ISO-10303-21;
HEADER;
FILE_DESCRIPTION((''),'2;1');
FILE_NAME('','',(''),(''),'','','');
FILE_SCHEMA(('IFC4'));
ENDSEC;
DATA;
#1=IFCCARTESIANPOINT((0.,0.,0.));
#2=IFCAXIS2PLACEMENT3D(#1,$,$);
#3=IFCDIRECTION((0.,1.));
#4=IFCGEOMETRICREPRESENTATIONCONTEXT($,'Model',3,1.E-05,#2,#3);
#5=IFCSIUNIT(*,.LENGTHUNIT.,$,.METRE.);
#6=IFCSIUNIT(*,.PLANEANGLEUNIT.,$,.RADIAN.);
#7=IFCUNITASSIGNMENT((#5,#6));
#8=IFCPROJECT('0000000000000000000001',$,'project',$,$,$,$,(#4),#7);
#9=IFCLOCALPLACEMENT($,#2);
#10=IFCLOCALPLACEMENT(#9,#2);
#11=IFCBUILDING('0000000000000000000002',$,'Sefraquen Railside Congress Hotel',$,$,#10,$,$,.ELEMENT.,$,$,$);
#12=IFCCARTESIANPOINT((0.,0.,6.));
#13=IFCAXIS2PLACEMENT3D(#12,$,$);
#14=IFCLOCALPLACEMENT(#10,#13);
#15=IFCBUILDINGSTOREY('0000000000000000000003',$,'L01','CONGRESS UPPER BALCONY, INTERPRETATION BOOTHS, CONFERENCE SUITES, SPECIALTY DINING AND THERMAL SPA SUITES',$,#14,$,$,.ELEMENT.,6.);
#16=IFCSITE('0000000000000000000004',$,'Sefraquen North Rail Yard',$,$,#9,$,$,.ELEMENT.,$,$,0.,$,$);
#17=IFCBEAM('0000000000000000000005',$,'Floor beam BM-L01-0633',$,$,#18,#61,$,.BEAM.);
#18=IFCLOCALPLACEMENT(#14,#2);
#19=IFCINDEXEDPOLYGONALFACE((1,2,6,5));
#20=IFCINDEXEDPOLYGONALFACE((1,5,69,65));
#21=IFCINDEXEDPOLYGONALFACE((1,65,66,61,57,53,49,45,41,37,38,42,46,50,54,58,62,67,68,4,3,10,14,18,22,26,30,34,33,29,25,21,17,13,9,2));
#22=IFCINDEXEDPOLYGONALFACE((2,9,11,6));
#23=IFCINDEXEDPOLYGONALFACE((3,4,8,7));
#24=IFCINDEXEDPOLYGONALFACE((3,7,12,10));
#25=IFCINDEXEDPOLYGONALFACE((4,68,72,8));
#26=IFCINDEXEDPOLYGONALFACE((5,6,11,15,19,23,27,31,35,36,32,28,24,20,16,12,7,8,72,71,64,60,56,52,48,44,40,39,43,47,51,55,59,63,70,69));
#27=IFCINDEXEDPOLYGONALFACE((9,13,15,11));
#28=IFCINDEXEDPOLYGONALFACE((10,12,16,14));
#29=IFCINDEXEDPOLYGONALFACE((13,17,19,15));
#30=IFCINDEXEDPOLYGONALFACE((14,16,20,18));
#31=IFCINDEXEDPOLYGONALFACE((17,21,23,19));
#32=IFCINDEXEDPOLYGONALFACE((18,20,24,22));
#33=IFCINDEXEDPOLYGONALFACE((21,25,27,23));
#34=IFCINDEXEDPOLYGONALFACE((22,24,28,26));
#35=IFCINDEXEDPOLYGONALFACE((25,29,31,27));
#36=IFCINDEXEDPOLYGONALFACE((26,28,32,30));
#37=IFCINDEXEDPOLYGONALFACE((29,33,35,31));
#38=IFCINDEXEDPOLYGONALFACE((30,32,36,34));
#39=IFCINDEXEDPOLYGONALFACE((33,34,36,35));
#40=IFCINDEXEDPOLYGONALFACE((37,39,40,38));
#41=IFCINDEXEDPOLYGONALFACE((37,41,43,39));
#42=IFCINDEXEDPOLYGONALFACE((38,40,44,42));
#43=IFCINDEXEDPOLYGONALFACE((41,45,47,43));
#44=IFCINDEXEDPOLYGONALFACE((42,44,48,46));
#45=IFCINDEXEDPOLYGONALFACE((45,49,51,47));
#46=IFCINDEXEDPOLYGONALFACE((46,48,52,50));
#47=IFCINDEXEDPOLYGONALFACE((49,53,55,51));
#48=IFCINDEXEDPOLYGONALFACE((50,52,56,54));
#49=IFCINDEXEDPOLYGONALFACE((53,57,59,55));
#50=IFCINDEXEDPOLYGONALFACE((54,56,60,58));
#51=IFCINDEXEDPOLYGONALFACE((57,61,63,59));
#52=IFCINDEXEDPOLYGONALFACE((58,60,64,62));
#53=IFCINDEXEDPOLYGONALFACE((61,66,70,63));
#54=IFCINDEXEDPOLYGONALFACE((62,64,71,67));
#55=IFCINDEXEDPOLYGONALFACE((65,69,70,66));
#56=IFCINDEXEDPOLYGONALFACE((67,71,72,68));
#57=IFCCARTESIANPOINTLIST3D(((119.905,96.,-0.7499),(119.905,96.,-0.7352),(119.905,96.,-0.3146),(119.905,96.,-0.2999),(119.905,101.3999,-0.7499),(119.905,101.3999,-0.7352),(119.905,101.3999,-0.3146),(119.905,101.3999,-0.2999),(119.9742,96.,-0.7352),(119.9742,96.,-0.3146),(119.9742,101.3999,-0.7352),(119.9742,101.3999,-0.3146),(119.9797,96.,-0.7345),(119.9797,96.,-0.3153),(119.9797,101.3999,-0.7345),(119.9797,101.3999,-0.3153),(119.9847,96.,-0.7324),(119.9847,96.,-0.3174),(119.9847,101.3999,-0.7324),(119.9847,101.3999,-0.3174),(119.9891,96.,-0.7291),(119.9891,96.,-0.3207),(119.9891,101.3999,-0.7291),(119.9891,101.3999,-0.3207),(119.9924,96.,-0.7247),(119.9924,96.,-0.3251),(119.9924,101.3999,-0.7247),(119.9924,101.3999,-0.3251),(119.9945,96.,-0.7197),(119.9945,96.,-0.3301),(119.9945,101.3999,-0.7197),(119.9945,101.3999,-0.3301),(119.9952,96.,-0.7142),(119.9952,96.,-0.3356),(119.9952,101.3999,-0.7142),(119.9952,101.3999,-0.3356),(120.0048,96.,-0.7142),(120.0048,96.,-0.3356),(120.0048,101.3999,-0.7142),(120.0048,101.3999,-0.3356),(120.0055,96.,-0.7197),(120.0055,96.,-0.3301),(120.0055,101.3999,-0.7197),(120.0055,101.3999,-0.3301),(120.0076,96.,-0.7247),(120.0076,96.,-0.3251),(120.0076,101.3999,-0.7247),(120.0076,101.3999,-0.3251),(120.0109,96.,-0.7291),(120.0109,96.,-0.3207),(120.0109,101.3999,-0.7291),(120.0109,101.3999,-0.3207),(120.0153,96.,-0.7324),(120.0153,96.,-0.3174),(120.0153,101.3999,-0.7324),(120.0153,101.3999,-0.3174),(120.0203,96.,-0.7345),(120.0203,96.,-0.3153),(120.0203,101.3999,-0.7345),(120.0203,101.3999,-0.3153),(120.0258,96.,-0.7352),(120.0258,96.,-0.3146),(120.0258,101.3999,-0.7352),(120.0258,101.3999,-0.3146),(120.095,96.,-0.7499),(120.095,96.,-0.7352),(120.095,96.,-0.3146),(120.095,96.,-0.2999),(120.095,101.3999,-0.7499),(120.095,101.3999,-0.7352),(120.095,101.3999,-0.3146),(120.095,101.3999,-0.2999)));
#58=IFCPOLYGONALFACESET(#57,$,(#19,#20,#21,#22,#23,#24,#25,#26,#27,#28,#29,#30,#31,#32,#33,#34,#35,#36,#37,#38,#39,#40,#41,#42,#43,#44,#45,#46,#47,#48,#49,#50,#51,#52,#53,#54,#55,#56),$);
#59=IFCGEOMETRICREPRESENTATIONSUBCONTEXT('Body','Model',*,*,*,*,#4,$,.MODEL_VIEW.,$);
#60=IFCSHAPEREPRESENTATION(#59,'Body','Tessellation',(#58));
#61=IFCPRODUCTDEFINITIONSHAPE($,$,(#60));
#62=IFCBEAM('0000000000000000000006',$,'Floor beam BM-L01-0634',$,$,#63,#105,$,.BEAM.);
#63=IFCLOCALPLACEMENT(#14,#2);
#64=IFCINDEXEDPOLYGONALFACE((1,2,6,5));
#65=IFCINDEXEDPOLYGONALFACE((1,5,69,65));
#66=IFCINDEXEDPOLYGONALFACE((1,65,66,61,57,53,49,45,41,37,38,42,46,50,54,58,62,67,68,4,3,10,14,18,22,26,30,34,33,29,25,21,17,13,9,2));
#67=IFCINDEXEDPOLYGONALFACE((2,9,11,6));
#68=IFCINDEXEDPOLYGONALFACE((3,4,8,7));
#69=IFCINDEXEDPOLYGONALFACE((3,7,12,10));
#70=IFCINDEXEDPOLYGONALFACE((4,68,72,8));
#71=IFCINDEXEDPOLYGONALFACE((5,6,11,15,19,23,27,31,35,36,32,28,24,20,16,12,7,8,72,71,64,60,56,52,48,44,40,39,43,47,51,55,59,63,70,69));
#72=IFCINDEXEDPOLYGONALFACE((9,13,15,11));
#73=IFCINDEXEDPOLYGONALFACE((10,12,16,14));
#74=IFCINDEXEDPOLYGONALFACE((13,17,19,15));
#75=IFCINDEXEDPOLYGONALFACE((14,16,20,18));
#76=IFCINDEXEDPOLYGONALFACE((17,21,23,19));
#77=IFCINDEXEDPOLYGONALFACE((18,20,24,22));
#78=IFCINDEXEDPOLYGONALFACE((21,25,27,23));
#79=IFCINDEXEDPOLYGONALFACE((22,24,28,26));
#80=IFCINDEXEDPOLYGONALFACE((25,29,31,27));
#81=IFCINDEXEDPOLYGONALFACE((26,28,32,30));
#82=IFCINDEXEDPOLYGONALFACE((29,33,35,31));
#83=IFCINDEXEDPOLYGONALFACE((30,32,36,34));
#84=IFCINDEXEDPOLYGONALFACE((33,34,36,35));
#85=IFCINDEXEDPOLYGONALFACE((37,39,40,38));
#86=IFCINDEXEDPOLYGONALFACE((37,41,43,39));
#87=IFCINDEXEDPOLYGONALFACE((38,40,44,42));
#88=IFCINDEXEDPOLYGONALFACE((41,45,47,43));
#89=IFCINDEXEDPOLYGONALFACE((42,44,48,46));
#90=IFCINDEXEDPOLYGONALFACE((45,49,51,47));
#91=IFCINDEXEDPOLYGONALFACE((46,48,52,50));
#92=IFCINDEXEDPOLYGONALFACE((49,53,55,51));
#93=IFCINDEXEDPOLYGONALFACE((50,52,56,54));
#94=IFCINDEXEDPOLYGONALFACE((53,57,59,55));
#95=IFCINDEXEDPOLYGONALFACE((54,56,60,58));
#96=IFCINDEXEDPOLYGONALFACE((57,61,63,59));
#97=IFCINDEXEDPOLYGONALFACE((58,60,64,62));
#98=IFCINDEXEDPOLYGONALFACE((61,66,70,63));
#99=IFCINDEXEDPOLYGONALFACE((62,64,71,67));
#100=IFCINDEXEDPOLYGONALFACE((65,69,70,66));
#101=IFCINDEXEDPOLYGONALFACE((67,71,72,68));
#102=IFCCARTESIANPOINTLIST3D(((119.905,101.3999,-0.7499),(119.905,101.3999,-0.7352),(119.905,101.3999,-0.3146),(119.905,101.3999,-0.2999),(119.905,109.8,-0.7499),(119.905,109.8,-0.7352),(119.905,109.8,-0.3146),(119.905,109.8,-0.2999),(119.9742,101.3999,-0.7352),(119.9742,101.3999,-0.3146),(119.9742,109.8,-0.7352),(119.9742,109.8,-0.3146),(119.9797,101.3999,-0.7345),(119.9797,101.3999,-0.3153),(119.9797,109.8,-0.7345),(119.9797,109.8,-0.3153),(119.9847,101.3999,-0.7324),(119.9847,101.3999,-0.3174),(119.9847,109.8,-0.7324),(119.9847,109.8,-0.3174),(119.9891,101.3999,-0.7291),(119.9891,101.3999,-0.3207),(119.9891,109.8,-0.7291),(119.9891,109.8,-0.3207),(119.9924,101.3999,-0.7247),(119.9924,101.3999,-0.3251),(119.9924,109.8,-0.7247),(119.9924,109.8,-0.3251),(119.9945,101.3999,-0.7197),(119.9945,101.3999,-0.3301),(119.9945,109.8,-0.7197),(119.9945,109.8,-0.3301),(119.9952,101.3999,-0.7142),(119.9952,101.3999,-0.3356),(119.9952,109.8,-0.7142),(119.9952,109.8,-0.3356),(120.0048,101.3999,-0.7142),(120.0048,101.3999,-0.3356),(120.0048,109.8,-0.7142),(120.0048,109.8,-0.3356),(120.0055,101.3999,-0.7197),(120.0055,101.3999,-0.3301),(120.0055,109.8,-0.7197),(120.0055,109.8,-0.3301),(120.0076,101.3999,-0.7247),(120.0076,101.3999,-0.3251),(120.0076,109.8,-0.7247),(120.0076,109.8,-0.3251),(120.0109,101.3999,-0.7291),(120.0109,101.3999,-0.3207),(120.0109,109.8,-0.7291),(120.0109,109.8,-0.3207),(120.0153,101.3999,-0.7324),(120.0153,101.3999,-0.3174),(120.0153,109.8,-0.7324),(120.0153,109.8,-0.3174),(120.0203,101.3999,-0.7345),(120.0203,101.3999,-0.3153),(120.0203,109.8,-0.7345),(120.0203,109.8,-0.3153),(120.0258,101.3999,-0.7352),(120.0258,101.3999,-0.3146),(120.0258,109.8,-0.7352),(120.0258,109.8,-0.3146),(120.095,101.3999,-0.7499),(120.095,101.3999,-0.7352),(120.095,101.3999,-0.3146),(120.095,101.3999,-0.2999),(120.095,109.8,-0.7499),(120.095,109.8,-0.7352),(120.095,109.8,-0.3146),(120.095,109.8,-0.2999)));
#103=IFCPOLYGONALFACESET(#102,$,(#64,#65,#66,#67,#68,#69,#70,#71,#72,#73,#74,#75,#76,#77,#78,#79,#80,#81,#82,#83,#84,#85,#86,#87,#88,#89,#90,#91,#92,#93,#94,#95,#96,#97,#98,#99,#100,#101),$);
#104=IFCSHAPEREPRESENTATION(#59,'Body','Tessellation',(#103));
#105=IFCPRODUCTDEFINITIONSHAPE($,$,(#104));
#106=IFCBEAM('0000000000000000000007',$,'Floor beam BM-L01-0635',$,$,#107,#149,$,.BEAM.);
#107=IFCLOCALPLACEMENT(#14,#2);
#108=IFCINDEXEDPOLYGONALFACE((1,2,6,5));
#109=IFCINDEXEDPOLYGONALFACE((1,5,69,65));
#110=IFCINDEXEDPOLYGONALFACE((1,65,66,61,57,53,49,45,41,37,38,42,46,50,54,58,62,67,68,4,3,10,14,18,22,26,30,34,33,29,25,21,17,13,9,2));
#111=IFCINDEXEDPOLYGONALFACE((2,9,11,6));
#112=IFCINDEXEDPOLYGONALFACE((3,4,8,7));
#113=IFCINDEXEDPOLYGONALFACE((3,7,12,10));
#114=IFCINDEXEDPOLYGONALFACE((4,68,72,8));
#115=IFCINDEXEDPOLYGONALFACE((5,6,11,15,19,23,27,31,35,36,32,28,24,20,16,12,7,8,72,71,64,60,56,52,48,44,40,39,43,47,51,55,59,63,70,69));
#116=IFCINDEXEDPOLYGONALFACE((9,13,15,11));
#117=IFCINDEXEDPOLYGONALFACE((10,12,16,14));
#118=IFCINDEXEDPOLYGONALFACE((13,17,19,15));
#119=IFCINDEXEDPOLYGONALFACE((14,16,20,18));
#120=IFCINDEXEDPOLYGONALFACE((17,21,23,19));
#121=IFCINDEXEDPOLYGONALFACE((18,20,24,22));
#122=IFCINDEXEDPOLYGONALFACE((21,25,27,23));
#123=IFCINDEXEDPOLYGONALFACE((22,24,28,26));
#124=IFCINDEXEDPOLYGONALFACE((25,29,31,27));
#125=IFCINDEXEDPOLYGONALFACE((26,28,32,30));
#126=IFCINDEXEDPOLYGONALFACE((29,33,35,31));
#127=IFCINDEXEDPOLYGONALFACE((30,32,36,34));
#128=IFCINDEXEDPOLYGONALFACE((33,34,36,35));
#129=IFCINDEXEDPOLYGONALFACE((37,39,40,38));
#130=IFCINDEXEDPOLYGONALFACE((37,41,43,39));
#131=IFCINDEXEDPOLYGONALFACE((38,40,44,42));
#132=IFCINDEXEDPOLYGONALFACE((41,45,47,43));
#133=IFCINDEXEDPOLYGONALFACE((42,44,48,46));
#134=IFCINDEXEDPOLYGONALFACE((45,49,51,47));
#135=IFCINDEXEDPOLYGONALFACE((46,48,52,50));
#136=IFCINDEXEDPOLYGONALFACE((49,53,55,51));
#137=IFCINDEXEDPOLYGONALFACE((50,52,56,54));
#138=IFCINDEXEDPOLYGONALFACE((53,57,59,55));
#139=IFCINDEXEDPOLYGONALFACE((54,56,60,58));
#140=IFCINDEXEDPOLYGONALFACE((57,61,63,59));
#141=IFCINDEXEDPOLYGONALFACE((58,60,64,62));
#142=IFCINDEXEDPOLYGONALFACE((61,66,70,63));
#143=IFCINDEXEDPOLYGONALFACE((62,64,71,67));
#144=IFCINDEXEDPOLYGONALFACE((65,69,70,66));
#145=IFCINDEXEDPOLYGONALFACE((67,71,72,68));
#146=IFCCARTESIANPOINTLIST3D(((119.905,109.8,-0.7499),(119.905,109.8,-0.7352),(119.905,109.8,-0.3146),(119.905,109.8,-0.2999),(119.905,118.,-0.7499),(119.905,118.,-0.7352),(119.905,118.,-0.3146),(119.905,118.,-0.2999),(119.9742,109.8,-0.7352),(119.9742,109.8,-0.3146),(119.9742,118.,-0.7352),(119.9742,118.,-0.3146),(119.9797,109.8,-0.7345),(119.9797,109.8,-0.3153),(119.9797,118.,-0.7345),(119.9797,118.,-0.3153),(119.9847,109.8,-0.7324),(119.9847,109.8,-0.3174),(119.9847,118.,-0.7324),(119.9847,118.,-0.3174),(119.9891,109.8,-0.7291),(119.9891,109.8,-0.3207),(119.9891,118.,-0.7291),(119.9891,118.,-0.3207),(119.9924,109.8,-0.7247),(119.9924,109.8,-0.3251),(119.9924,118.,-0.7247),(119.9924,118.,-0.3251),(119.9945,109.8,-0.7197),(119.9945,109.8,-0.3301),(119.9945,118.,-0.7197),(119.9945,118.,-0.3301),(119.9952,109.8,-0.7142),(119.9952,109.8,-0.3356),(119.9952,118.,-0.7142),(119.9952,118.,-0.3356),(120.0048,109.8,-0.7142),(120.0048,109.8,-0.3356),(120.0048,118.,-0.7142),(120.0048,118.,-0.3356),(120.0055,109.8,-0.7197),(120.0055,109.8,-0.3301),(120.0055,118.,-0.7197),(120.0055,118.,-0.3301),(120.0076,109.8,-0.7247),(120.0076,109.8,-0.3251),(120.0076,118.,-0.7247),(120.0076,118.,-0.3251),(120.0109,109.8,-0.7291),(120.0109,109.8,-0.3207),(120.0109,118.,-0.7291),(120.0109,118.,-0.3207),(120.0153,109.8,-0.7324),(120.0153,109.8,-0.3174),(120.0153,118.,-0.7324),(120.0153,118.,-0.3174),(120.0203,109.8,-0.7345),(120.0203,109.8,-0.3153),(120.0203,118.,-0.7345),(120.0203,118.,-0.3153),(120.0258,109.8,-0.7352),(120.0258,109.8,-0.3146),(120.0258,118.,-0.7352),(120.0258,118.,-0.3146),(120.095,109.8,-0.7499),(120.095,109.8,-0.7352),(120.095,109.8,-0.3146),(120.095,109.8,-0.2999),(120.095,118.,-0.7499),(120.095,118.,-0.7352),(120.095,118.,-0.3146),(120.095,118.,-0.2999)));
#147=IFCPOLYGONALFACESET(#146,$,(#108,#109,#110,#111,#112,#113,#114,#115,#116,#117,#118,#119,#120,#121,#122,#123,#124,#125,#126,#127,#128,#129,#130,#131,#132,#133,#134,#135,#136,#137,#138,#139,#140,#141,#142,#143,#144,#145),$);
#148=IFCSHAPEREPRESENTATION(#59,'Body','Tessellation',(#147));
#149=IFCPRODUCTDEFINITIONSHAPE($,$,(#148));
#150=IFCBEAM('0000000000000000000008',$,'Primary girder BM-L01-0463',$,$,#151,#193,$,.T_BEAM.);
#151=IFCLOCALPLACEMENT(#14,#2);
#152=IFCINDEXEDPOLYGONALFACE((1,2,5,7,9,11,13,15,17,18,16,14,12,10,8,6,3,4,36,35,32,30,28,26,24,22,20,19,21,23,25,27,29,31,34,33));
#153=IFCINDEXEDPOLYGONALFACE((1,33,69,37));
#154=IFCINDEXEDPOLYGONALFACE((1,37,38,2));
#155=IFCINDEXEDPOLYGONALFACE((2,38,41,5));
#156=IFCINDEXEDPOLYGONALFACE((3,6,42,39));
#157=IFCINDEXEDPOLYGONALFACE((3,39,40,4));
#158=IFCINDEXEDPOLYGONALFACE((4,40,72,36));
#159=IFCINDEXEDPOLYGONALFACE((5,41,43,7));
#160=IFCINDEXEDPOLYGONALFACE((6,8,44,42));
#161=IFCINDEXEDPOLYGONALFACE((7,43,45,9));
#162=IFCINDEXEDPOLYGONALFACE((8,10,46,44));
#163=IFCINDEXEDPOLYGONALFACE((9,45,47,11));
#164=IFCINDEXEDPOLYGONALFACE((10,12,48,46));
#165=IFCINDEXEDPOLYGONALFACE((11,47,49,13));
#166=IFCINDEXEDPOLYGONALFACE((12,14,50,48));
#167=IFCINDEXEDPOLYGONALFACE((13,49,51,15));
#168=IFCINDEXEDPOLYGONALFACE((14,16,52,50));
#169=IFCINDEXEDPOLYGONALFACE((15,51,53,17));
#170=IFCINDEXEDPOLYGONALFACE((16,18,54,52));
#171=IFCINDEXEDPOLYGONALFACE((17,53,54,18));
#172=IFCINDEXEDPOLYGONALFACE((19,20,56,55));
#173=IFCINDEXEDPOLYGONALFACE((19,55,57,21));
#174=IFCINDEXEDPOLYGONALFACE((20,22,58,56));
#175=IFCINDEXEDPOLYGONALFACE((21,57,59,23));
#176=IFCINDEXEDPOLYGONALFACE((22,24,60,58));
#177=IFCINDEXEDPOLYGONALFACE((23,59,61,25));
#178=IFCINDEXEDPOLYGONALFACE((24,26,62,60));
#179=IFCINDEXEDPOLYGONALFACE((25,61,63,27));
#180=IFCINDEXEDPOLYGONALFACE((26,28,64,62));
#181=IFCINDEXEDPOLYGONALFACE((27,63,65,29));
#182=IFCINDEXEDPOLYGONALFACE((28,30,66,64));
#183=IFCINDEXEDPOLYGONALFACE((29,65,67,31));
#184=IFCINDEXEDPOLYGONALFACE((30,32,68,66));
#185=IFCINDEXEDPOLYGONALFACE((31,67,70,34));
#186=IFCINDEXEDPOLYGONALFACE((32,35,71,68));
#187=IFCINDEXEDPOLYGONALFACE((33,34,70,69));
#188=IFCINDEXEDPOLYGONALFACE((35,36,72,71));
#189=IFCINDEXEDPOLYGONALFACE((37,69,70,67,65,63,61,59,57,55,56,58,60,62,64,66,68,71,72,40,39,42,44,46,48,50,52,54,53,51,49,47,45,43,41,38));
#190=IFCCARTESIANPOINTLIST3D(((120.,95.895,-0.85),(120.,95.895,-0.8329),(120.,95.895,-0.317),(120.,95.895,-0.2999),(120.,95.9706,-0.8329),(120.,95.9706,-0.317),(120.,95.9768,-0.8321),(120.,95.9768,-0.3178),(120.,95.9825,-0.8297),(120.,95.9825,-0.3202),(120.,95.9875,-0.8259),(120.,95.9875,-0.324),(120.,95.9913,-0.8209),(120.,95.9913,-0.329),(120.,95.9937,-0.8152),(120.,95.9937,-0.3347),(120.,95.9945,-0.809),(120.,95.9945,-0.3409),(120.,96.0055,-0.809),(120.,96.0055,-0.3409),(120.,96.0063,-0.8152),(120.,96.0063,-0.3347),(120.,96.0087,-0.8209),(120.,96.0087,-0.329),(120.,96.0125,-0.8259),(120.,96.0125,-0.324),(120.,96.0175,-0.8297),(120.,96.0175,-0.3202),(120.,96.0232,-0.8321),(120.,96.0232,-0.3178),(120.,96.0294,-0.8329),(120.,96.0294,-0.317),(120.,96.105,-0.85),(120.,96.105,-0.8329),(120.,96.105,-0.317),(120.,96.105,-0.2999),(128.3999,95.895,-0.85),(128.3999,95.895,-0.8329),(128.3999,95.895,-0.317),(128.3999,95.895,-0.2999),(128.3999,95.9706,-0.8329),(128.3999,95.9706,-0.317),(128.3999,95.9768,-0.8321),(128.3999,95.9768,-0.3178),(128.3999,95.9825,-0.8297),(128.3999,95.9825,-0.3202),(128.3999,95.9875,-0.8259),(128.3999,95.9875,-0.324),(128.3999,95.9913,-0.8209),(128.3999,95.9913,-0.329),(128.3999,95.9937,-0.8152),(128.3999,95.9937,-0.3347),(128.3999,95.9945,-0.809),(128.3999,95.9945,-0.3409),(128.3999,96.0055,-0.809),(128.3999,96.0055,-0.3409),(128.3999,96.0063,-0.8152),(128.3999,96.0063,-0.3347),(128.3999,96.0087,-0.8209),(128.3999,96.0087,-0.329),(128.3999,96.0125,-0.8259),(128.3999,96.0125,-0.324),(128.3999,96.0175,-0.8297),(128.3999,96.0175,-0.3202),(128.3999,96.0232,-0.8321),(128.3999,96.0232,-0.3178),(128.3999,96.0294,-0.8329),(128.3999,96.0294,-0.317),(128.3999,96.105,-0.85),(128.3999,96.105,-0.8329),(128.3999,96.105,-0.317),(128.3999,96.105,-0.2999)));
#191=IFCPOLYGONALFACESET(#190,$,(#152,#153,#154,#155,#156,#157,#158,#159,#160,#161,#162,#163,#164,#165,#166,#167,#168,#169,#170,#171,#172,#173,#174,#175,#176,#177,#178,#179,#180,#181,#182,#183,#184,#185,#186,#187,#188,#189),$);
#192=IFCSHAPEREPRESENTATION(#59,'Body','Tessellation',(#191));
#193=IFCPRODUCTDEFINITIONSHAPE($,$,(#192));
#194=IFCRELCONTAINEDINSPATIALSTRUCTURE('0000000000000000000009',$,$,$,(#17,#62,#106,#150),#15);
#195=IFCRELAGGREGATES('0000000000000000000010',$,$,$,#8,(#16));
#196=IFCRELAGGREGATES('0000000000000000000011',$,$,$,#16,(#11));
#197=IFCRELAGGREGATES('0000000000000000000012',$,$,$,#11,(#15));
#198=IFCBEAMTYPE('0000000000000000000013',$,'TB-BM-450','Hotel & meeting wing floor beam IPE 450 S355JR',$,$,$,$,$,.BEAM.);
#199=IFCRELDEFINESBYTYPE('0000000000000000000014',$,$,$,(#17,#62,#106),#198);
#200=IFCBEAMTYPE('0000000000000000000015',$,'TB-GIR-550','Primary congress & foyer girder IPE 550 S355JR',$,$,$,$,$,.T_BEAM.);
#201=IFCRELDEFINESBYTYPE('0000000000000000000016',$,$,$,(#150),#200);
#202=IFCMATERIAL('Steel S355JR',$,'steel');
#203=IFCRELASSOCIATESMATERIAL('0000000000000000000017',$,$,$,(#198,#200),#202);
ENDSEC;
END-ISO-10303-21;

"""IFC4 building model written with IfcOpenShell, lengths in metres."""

from ifc_helpers import new_model, si_unit, direction, frame, origin, origin_2d, place, context, subcontext, project, spatial, i_section, extrude, material, material_profile, profile_set, type_object, element, save


model = new_model("IFC4")

# Units and contexts
model_context = context("Model", 3, precision=1e-05, world=origin(), true_north=direction((0.0, 1.0)))
body_context = subcontext(model_context, "Body", "Model", "MODEL_VIEW")
ifc_project = project(units=[si_unit("LENGTHUNIT", "METRE"), si_unit("PLANEANGLEUNIT", "RADIAN")], contexts=[model_context])

# Site, building, storey
site_placement = place(None, origin())
site = spatial("IfcSite", under=ifc_project, at=site_placement, Name="Sefraquen North Rail Yard", CompositionType="ELEMENT", RefElevation=0.0)
building_placement = place(site_placement, origin())
building = spatial("IfcBuilding", under=site, at=building_placement, Name="Sefraquen Railside Congress Hotel", CompositionType="ELEMENT")
storey_placement = place(building_placement, frame((0.0, 0.0, 6.0)))
storey = spatial("IfcBuildingStorey", under=building, at=storey_placement, Name="L01", Description="CONGRESS UPPER BALCONY, INTERPRETATION BOOTHS, CONFERENCE SUITES, SPECIALTY DINING AND THERMAL SPA SUITES", CompositionType="ELEMENT", Elevation=6.0)

# Shared definitions
ifc_material_1 = material(Name="Steel S355JR", Category="steel")

# Beams
ifc_material_profile_1 = material_profile(ifc_material_1, i_section(OverallWidth=0.1899, OverallDepth=0.45, WebThickness=0.0095, FlangeThickness=0.0146, FilletRadius=0.021, at=origin_2d()), Name="IPE 450")
ifc_profile_set_1 = profile_set([ifc_material_profile_1], Name="Steel S355JR")
beam_type_1 = type_object("IfcBeamType", Name="TB-BM-450", Description="Hotel & meeting wing floor beam IPE 450 S355JR", PredefinedType="BEAM", material=ifc_profile_set_1)
beam_1_placement = place(storey_placement, frame((120.0, 96.0, -0.5249), z_axis=(0.0, 1.0, 0.0), x_axis=(-1.0, 0.0, 0.0)))
element("IfcBeam", 1, at=beam_1_placement, inside=storey, type_object=beam_type_1, Name="Floor beam BM-L01-0633", PredefinedType="BEAM", context=body_context, shape_type="SweptSolid", body=[
    extrude(i_section(OverallWidth=0.1899, OverallDepth=0.45, WebThickness=0.0095, FlangeThickness=0.0146, FilletRadius=0.021, at=origin_2d()), origin(), (0.0, 0.0, 1.0), 5.3999),
])
beam_2_placement = place(storey_placement, frame((120.0, 101.3999, -0.5249), z_axis=(0.0, 1.0, 0.0), x_axis=(-1.0, 0.0, 0.0)))
element("IfcBeam", 2, at=beam_2_placement, inside=storey, type_object=beam_type_1, Name="Floor beam BM-L01-0634", PredefinedType="BEAM", context=body_context, shape_type="SweptSolid", body=[
    extrude(i_section(OverallWidth=0.1899, OverallDepth=0.45, WebThickness=0.0095, FlangeThickness=0.0146, FilletRadius=0.021, at=origin_2d()), origin(), (0.0, 0.0, 1.0), 8.4001),
])
beam_3_placement = place(storey_placement, frame((120.0, 109.8, -0.5249), z_axis=(0.0, 1.0, 0.0), x_axis=(-1.0, 0.0, 0.0)))
element("IfcBeam", 3, at=beam_3_placement, inside=storey, type_object=beam_type_1, Name="Floor beam BM-L01-0635", PredefinedType="BEAM", context=body_context, shape_type="SweptSolid", body=[
    extrude(i_section(OverallWidth=0.1899, OverallDepth=0.45, WebThickness=0.0095, FlangeThickness=0.0146, FilletRadius=0.021, at=origin_2d()), origin(), (0.0, 0.0, 1.0), 8.2),
])
ifc_material_profile_2 = material_profile(ifc_material_1, i_section(OverallWidth=0.21, OverallDepth=0.55, WebThickness=0.011, FlangeThickness=0.0171, FilletRadius=0.0239, at=origin_2d()), Name="IPE 550")
ifc_profile_set_2 = profile_set([ifc_material_profile_2], Name="Steel S355JR")
beam_type_2 = type_object("IfcBeamType", Name="TB-GIR-550", Description="Primary congress & foyer girder IPE 550 S355JR", PredefinedType="T_BEAM", material=ifc_profile_set_2)
beam_4_placement = place(storey_placement, frame((120.0, 96.0, -0.575), z_axis=(1.0, 0.0, 0.0), x_axis=(0.0, 1.0, 0.0)))
element("IfcBeam", 4, at=beam_4_placement, inside=storey, type_object=beam_type_2, Name="Primary girder BM-L01-0463", PredefinedType="T_BEAM", context=body_context, shape_type="SweptSolid", body=[
    extrude(i_section(OverallWidth=0.21, OverallDepth=0.55, WebThickness=0.011, FlangeThickness=0.0171, FilletRadius=0.0239, at=origin_2d()), origin(), (0.0, 0.0, 1.0), 8.3999),
])

save(model, "model.ifc")
